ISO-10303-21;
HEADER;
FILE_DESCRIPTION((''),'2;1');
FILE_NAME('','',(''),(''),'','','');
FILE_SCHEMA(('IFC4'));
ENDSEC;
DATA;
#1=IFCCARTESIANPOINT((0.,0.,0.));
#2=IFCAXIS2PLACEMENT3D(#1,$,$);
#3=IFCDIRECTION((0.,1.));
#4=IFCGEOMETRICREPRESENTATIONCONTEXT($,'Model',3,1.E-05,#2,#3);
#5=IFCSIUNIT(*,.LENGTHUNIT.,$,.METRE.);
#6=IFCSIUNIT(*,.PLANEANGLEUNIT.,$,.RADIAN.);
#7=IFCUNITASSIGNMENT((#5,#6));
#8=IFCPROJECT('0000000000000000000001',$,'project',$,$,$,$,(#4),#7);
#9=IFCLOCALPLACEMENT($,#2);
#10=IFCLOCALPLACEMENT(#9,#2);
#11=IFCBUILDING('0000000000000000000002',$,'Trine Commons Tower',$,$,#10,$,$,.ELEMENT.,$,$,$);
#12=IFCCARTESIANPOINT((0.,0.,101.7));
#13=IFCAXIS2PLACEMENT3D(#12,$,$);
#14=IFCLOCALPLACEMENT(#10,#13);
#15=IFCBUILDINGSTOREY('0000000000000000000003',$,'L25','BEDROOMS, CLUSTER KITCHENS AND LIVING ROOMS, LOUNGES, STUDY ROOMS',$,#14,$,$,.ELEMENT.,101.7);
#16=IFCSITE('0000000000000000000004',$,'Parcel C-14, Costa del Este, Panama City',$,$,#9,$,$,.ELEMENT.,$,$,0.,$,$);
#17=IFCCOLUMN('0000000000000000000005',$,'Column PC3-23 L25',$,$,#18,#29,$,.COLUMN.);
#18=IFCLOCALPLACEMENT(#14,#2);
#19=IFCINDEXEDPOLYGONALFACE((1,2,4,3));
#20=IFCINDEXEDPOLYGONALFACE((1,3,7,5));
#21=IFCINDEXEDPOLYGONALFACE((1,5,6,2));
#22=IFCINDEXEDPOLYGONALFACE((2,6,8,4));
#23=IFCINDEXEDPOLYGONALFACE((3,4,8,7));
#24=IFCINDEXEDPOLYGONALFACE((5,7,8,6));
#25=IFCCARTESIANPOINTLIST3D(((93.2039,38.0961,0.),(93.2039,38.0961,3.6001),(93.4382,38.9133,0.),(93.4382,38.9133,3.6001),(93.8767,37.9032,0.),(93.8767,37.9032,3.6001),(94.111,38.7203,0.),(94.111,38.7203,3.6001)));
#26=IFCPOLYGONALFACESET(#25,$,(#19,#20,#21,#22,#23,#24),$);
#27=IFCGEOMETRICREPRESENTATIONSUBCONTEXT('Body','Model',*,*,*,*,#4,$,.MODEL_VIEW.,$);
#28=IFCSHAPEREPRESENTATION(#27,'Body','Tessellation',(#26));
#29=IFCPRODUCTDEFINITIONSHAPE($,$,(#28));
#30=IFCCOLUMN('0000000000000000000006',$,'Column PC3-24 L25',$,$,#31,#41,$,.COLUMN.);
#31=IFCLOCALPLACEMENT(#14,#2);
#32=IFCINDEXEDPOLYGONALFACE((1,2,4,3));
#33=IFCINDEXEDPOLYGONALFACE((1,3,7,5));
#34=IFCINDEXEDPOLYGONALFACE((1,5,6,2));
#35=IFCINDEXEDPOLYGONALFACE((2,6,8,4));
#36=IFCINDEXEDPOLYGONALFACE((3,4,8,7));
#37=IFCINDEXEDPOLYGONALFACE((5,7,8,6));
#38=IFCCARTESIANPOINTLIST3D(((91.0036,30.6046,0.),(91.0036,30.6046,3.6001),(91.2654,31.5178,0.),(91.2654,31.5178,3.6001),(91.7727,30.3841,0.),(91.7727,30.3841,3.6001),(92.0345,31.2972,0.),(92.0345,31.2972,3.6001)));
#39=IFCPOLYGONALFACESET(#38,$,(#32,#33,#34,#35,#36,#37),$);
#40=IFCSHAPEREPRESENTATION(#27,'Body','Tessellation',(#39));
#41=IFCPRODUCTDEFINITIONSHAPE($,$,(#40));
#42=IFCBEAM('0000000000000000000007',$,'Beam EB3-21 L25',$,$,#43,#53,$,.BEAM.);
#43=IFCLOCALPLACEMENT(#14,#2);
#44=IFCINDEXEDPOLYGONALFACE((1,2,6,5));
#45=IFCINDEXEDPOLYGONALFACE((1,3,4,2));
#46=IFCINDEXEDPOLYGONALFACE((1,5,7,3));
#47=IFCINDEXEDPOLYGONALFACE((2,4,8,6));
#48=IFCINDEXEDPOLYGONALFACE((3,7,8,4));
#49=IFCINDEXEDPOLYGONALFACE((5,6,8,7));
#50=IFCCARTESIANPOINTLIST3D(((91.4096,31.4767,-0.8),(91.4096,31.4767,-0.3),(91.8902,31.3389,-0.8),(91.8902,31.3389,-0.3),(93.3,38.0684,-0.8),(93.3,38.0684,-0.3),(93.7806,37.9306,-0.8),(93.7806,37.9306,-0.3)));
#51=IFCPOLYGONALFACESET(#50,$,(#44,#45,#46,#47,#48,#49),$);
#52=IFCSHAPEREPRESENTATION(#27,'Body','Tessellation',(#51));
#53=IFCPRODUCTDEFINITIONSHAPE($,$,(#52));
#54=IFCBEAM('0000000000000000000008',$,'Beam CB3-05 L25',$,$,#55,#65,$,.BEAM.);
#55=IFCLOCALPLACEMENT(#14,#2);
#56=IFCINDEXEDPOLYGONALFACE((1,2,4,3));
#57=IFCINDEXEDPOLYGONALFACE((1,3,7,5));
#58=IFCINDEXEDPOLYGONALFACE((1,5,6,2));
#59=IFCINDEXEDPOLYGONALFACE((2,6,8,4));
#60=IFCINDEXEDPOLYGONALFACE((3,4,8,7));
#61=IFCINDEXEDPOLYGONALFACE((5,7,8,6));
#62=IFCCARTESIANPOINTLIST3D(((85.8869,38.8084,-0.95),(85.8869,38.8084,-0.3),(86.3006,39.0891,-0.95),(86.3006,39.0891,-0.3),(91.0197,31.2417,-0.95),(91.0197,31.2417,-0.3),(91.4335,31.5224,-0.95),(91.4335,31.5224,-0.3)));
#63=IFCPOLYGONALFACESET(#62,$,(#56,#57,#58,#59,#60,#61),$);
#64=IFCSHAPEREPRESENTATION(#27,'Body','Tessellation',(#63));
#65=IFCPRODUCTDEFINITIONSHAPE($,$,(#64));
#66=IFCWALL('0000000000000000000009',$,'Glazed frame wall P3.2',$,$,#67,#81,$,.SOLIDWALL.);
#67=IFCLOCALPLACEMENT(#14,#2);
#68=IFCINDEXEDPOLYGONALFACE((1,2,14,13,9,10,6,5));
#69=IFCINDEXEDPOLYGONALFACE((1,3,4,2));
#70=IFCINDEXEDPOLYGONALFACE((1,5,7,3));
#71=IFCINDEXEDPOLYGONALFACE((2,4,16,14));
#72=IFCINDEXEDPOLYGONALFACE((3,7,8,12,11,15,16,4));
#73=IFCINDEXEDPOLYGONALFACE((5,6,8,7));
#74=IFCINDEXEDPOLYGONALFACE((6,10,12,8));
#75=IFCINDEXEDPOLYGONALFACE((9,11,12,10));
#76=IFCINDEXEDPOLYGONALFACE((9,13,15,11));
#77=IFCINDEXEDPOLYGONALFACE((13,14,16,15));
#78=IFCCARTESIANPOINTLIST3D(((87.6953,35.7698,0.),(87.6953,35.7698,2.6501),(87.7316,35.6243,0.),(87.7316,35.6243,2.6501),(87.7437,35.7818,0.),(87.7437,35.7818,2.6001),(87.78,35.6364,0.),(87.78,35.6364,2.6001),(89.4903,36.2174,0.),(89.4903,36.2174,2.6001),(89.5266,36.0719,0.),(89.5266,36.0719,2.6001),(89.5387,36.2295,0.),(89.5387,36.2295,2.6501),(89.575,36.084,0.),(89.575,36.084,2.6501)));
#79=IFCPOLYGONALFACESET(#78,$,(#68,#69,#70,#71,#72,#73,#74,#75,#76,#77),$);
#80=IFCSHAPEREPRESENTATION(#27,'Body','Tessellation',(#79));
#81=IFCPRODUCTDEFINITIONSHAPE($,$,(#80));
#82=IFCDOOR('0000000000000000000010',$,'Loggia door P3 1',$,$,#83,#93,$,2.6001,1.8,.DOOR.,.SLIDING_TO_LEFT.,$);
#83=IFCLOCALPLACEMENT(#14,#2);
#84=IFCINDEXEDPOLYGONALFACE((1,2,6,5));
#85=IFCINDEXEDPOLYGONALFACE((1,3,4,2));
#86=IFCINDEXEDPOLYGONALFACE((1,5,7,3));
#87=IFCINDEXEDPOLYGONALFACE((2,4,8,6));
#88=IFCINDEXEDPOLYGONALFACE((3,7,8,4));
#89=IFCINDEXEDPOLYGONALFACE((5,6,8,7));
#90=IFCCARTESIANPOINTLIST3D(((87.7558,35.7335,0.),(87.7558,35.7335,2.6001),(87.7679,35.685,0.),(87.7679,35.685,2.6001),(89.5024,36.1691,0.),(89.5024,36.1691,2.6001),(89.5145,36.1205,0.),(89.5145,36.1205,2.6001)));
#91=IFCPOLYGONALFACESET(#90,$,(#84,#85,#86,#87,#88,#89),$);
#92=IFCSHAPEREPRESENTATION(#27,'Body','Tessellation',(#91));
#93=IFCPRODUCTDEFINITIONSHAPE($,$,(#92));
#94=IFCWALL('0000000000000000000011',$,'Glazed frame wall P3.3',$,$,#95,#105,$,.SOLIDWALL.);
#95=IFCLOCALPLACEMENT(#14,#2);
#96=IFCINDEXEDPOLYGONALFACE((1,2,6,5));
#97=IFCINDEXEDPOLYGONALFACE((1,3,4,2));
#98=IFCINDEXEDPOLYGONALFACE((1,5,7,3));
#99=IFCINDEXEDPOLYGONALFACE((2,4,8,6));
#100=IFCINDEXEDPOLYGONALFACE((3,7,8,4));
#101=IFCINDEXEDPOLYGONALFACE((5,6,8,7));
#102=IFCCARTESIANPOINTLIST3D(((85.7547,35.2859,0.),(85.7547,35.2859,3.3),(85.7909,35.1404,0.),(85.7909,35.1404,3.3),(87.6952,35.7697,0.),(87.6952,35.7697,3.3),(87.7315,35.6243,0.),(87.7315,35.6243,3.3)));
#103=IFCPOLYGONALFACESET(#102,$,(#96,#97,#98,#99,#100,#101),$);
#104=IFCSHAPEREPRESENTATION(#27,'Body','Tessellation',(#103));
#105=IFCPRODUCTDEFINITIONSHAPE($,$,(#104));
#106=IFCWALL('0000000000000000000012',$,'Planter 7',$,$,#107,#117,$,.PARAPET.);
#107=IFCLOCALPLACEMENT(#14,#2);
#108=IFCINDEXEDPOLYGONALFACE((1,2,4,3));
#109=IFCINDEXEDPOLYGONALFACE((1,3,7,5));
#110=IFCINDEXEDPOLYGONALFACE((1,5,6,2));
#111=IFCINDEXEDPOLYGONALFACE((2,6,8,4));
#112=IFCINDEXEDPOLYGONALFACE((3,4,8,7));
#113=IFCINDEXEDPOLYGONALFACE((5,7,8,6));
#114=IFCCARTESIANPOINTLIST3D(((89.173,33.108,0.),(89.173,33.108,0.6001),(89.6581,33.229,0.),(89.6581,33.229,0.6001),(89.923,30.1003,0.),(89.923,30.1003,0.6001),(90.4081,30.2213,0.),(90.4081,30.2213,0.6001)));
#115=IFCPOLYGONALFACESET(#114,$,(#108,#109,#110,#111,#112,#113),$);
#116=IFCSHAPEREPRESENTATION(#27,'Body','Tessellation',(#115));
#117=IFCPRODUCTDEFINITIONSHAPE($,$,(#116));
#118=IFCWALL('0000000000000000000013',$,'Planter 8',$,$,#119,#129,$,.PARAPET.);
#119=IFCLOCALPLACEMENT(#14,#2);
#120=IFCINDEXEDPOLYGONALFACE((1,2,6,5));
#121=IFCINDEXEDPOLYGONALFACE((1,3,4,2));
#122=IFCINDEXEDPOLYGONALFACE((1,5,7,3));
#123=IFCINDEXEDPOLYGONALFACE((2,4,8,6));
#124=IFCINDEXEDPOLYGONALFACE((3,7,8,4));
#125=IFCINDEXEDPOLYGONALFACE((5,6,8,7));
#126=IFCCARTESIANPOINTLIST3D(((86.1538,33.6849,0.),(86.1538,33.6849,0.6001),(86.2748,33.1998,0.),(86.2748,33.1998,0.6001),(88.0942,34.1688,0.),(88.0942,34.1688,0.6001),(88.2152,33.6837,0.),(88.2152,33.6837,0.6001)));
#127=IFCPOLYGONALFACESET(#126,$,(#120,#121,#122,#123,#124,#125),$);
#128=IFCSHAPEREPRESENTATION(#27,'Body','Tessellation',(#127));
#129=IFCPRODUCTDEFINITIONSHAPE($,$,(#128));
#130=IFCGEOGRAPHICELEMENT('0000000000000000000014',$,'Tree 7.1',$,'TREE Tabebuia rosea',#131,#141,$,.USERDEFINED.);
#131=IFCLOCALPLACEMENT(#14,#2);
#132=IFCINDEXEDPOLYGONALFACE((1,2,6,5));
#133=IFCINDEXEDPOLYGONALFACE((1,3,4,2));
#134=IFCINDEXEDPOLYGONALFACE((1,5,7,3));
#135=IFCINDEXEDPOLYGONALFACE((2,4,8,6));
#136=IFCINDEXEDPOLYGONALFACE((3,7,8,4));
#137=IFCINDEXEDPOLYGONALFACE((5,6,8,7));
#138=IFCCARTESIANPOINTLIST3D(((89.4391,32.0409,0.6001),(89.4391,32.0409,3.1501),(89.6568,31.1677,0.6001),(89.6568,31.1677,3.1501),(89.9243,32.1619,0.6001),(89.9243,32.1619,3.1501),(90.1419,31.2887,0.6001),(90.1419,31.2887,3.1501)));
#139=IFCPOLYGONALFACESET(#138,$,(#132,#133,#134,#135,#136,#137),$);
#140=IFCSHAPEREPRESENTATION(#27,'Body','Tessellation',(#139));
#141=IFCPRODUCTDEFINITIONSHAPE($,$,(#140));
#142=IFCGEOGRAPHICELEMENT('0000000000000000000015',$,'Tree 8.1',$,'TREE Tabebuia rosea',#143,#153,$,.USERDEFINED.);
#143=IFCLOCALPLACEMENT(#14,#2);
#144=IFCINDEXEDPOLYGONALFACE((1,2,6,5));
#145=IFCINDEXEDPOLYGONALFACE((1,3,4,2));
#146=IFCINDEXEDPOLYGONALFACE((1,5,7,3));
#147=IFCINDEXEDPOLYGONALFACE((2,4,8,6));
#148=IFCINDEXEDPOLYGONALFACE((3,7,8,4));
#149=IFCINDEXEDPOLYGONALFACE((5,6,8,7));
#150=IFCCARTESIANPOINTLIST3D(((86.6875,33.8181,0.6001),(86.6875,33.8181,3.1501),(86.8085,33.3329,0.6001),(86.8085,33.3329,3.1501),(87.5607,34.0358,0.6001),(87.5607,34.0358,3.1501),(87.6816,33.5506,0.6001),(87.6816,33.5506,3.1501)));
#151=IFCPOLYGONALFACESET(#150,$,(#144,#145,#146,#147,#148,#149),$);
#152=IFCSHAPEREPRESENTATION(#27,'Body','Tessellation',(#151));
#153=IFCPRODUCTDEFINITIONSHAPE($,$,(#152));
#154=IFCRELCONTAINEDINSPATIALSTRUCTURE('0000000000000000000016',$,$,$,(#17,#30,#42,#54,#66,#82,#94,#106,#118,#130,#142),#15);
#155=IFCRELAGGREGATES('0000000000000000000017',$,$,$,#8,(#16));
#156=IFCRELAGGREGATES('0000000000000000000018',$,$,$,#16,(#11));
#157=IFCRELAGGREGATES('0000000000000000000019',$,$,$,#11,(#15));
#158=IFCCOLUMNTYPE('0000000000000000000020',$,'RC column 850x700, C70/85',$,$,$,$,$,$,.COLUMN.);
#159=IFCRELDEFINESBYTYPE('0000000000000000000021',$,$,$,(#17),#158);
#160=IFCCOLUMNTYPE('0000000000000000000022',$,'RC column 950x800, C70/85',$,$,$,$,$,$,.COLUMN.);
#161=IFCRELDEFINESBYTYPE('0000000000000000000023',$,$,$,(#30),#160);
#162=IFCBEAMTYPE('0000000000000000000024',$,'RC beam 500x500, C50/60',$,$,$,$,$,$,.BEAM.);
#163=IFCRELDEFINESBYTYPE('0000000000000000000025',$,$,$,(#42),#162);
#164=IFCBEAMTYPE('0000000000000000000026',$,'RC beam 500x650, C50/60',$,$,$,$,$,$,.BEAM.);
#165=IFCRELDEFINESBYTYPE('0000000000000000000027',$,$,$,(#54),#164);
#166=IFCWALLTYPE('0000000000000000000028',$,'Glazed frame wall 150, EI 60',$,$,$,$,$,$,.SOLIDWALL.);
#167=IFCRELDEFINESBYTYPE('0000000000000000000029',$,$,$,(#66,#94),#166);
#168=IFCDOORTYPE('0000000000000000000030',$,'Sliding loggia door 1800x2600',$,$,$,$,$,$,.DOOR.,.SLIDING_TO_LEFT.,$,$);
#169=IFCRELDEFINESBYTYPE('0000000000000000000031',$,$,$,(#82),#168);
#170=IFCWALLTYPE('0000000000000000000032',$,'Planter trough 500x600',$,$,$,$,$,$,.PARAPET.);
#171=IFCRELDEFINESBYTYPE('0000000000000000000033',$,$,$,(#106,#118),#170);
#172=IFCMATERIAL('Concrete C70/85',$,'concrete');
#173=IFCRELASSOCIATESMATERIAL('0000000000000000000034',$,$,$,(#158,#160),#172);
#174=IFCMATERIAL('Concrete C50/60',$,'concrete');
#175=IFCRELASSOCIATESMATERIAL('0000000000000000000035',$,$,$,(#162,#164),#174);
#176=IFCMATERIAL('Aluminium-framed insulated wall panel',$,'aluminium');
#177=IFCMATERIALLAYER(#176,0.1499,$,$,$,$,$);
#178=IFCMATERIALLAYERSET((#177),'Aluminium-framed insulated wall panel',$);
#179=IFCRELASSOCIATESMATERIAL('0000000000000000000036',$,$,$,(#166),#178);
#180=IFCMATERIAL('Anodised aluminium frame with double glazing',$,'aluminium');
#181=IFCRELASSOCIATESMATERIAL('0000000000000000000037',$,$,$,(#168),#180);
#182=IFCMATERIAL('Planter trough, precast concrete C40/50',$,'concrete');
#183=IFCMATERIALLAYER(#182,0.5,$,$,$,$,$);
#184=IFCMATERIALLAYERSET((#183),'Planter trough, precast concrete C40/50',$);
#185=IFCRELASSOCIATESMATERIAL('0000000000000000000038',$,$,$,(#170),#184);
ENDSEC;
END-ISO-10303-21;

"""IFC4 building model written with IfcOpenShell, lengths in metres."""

from ifc_helpers import new_model, si_unit, direction, frame, frame_2d, origin, origin_2d, place, context, subcontext, project, spatial, polyline, rectangle, outline, extrude, material, layer, layer_set, material_profile, profile_set, type_object, element, fill, save


model = new_model("IFC4")

# Units and contexts
model_context = context("Model", 3, precision=1e-05, world=origin(), true_north=direction((0.0, 1.0)))
body_context = subcontext(model_context, "Body", "Model", "MODEL_VIEW")
ifc_project = project(units=[si_unit("LENGTHUNIT", "METRE"), si_unit("PLANEANGLEUNIT", "RADIAN")], contexts=[model_context])

# Site, building, storey
site_placement = place(None, origin())
site = spatial("IfcSite", under=ifc_project, at=site_placement, Name="Parcel C-14, Costa del Este, Panama City", CompositionType="ELEMENT", RefElevation=0.0)
building_placement = place(site_placement, origin())
building = spatial("IfcBuilding", under=site, at=building_placement, Name="Trine Commons Tower", CompositionType="ELEMENT")
storey_placement = place(building_placement, frame((0.0, 0.0, 101.7)))
storey = spatial("IfcBuildingStorey", under=building, at=storey_placement, Name="L25", Description="BEDROOMS, CLUSTER KITCHENS AND LIVING ROOMS, LOUNGES, STUDY ROOMS", CompositionType="ELEMENT", Elevation=101.7)

# Columns
ifc_material_1 = material(Name="Concrete C70/85", Category="concrete")
ifc_material_profile_1 = material_profile(ifc_material_1, rectangle(XDim=0.8501, YDim=0.7, at=origin_2d()), Name="RC 850x700")
ifc_profile_set_1 = profile_set([ifc_material_profile_1], Name="Concrete C70/85")
column_type_1 = type_object("IfcColumnType", Name="RC column 850x700, C70/85", PredefinedType="COLUMN", material=ifc_profile_set_1)
column_1_placement = place(storey_placement, frame((93.6575, 38.4082, 0.0), z_axis=(0.0, 0.0, 1.0), x_axis=(0.275637, 0.961262, 0.0)))
element("IfcColumn", 1, at=column_1_placement, inside=storey, type_object=column_type_1, Name="Column PC3-23 L25", PredefinedType="COLUMN", context=body_context, shape_type="SweptSolid", body=[
    extrude(rectangle(XDim=0.8501, YDim=0.7, at=origin_2d()), origin(), (0.0, 0.0, 1.0), 3.6001),
])
ifc_material_profile_2 = material_profile(ifc_material_1, rectangle(XDim=0.95, YDim=0.8, at=origin_2d()), Name="RC 950x800")
ifc_profile_set_2 = profile_set([ifc_material_profile_2], Name="Concrete C70/85")
column_type_2 = type_object("IfcColumnType", Name="RC column 950x800, C70/85", PredefinedType="COLUMN", material=ifc_profile_set_2)
column_2_placement = place(storey_placement, frame((91.519, 30.9509, 0.0), z_axis=(0.0, 0.0, 1.0), x_axis=(0.275637, 0.961262, 0.0)))
element("IfcColumn", 2, at=column_2_placement, inside=storey, type_object=column_type_2, Name="Column PC3-24 L25", PredefinedType="COLUMN", context=body_context, shape_type="SweptSolid", body=[
    extrude(rectangle(XDim=0.95, YDim=0.8, at=origin_2d()), origin(), (0.0, 0.0, 1.0), 3.6001),
])

# Beams
ifc_material_2 = material(Name="Concrete C50/60", Category="concrete")
ifc_material_profile_3 = material_profile(ifc_material_2, rectangle(XDim=0.5, YDim=0.5, at=origin_2d()), Name="RC 500x500")
ifc_profile_set_3 = profile_set([ifc_material_profile_3], Name="Concrete C50/60")
beam_type_1 = type_object("IfcBeamType", Name="RC beam 500x500, C50/60", PredefinedType="BEAM", material=ifc_profile_set_3)
beam_1_placement = place(storey_placement, frame((93.5403, 37.9995, -0.55), z_axis=(-0.275666, -0.961253, 0.0), x_axis=(0.961253, -0.275666, 0.0)))
element("IfcBeam", 3, at=beam_1_placement, inside=storey, type_object=beam_type_1, Name="Beam EB3-21 L25", PredefinedType="BEAM", context=body_context, shape_type="SweptSolid", body=[
    extrude(rectangle(XDim=0.5, YDim=0.5, at=origin_2d()), origin(), (0.0, 0.0, 1.0), 6.8574),
])
ifc_material_profile_4 = material_profile(ifc_material_2, rectangle(XDim=0.5, YDim=0.6499, at=origin_2d()), Name="RC 500x650")
ifc_profile_set_4 = profile_set([ifc_material_profile_4], Name="Concrete C50/60")
beam_type_2 = type_object("IfcBeamType", Name="RC beam 500x650, C50/60", PredefinedType="BEAM", material=ifc_profile_set_4)
beam_2_placement = place(storey_placement, frame((91.2266, 31.3821, -0.625), z_axis=(-0.561374, 0.827562, 0.0), x_axis=(-0.827562, -0.561374, 0.0)))
element("IfcBeam", 4, at=beam_2_placement, inside=storey, type_object=beam_type_2, Name="Beam CB3-05 L25", PredefinedType="BEAM", context=body_context, shape_type="SweptSolid", body=[
    extrude(rectangle(XDim=0.5, YDim=0.6499, at=origin_2d()), origin(), (0.0, 0.0, 1.0), 9.1433),
])

# Shared definitions
ifc_material_3 = material(Name="Aluminium-framed insulated wall panel", Category="aluminium")
ifc_layer_1 = layer(ifc_material_3, 0.1499)
ifc_layer_set_1 = layer_set([ifc_layer_1], Name="Aluminium-framed insulated wall panel")
wall_type_1 = type_object("IfcWallType", Name="Glazed frame wall 150, EI 60", PredefinedType="SOLIDWALL", material=ifc_layer_set_1)

# Wall, opening, door
wall_1_placement = place(storey_placement, frame((89.5569, 36.1567, 0.0), z_axis=(0.0, 0.0, 1.0), x_axis=(-0.970286, -0.241961, 0.0)))
wall_1 = element("IfcWall", 5, at=wall_1_placement, inside=storey, type_object=wall_type_1, Name="Glazed frame wall P3.2", PredefinedType="SOLIDWALL", context=body_context, shape_type="SweptSolid", body=[
    extrude(outline(polyline([(0.0, -0.075), (1.8999, -0.075), (1.8999, 0.075), (0.0, 0.075), (0.0, -0.075)])), origin(), (0.0, 0.0, 1.0), 2.6501),
])
opening_placement = place(wall_1_placement, frame((0.05, 0.0, 0.0)))
opening = element("IfcOpeningElement", 6, at=opening_placement, cuts=wall_1, PredefinedType="OPENING", context=body_context, shape_type="SweptSolid", body=[
    extrude(rectangle(XDim=1.8, YDim=2.6001, at=frame_2d((0.8999, 1.3))), frame((0.0, 0.085, 0.0), z_axis=(0.0, -1.0, 0.0), x_axis=(1.0, 0.0, 0.0)), (0.0, 0.0, 1.0), 0.1699),
])
ifc_material_4 = material(Name="Anodised aluminium frame with double glazing", Category="aluminium")
door_type = type_object("IfcDoorType", Name="Sliding loggia door 1800x2600", OperationType="SLIDING_TO_LEFT", PredefinedType="DOOR", material=ifc_material_4)
door_placement = place(opening_placement, origin())
door = element("IfcDoor", 7, at=door_placement, inside=storey, type_object=door_type, Name="Loggia door P3 1", OperationType="SLIDING_TO_LEFT", OverallHeight=2.6001, OverallWidth=1.8, PredefinedType="DOOR", context=body_context, shape_type="SweptSolid", body=[
    extrude(rectangle(XDim=1.8, YDim=2.6001, at=frame_2d((0.8999, 1.3))), frame((0.0, 0.0249, 0.0), z_axis=(0.0, -1.0, 0.0), x_axis=(1.0, 0.0, 0.0)), (0.0, 0.0, 1.0), 0.05),
])
fill(opening, door)

# Walls
wall_2_placement = place(storey_placement, frame((87.7134, 35.697, 0.0), z_axis=(0.0, 0.0, 1.0), x_axis=(-0.970293, -0.241932, 0.0)))
element("IfcWall", 8, at=wall_2_placement, inside=storey, type_object=wall_type_1, Name="Glazed frame wall P3.3", PredefinedType="SOLIDWALL", context=body_context, shape_type="SweptSolid", body=[
    extrude(outline(polyline([(0.0, -0.075), (2.0, -0.075), (2.0, 0.075), (0.0, 0.075), (0.0, -0.075)])), origin(), (0.0, 0.0, 1.0), 3.3),
])
ifc_material_5 = material(Name="Planter trough, precast concrete C40/50", Category="concrete")
ifc_layer_2 = layer(ifc_material_5, 0.5)
ifc_layer_set_2 = layer_set([ifc_layer_2], Name="Planter trough, precast concrete C40/50")
wall_type_2 = type_object("IfcWallType", Name="Planter trough 500x600", PredefinedType="PARAPET", material=ifc_layer_set_2)
wall_3_placement = place(storey_placement, frame((90.1655, 30.1609, 0.0), z_axis=(0.0, 0.0, 1.0), x_axis=(-0.241943, 0.970291, 0.0)))
element("IfcWall", 9, at=wall_3_placement, inside=storey, type_object=wall_type_2, Name="Planter 7", PredefinedType="PARAPET", context=body_context, shape_type="SweptSolid", body=[
    extrude(rectangle(XDim=3.0999, YDim=0.5, at=frame_2d((1.5498, 0.0))), origin(), (0.0, 0.0, 1.0), 0.6001),
])
wall_4_placement = place(storey_placement, frame((88.1548, 33.9263, 0.0), z_axis=(0.0, 0.0, 1.0), x_axis=(-0.970286, -0.241961, 0.0)))
element("IfcWall", 10, at=wall_4_placement, inside=storey, type_object=wall_type_2, Name="Planter 8", PredefinedType="PARAPET", context=body_context, shape_type="SweptSolid", body=[
    extrude(rectangle(XDim=1.9998, YDim=0.5, at=frame_2d((1.0, 0.0))), origin(), (0.0, 0.0, 1.0), 0.6001),
])

# Geographic elements
for number, where, z_axis, x_axis, name in (
    (11, (89.7905, 31.6648, 0.6001), (0.0, 0.0, 1.0), (-0.241908, 0.970299, 0.0), "Tree 7.1"),
    (12, (87.1846, 33.6843, 0.6001), (0.0, 0.0, 1.0), (-0.970297, -0.241915, 0.0), "Tree 8.1"),
):
    element("IfcGeographicElement", number, at=place(storey_placement, frame(where, z_axis=z_axis, x_axis=x_axis)), inside=storey, Name=name, ObjectType="TREE Tabebuia rosea", PredefinedType="USERDEFINED", context=body_context, shape_type="SweptSolid", body=[
        extrude(rectangle(XDim=0.8999, YDim=0.5, at=origin_2d()), origin(), (0.0, 0.0, 1.0), 2.55),
    ])

save(model, "model.ifc")
